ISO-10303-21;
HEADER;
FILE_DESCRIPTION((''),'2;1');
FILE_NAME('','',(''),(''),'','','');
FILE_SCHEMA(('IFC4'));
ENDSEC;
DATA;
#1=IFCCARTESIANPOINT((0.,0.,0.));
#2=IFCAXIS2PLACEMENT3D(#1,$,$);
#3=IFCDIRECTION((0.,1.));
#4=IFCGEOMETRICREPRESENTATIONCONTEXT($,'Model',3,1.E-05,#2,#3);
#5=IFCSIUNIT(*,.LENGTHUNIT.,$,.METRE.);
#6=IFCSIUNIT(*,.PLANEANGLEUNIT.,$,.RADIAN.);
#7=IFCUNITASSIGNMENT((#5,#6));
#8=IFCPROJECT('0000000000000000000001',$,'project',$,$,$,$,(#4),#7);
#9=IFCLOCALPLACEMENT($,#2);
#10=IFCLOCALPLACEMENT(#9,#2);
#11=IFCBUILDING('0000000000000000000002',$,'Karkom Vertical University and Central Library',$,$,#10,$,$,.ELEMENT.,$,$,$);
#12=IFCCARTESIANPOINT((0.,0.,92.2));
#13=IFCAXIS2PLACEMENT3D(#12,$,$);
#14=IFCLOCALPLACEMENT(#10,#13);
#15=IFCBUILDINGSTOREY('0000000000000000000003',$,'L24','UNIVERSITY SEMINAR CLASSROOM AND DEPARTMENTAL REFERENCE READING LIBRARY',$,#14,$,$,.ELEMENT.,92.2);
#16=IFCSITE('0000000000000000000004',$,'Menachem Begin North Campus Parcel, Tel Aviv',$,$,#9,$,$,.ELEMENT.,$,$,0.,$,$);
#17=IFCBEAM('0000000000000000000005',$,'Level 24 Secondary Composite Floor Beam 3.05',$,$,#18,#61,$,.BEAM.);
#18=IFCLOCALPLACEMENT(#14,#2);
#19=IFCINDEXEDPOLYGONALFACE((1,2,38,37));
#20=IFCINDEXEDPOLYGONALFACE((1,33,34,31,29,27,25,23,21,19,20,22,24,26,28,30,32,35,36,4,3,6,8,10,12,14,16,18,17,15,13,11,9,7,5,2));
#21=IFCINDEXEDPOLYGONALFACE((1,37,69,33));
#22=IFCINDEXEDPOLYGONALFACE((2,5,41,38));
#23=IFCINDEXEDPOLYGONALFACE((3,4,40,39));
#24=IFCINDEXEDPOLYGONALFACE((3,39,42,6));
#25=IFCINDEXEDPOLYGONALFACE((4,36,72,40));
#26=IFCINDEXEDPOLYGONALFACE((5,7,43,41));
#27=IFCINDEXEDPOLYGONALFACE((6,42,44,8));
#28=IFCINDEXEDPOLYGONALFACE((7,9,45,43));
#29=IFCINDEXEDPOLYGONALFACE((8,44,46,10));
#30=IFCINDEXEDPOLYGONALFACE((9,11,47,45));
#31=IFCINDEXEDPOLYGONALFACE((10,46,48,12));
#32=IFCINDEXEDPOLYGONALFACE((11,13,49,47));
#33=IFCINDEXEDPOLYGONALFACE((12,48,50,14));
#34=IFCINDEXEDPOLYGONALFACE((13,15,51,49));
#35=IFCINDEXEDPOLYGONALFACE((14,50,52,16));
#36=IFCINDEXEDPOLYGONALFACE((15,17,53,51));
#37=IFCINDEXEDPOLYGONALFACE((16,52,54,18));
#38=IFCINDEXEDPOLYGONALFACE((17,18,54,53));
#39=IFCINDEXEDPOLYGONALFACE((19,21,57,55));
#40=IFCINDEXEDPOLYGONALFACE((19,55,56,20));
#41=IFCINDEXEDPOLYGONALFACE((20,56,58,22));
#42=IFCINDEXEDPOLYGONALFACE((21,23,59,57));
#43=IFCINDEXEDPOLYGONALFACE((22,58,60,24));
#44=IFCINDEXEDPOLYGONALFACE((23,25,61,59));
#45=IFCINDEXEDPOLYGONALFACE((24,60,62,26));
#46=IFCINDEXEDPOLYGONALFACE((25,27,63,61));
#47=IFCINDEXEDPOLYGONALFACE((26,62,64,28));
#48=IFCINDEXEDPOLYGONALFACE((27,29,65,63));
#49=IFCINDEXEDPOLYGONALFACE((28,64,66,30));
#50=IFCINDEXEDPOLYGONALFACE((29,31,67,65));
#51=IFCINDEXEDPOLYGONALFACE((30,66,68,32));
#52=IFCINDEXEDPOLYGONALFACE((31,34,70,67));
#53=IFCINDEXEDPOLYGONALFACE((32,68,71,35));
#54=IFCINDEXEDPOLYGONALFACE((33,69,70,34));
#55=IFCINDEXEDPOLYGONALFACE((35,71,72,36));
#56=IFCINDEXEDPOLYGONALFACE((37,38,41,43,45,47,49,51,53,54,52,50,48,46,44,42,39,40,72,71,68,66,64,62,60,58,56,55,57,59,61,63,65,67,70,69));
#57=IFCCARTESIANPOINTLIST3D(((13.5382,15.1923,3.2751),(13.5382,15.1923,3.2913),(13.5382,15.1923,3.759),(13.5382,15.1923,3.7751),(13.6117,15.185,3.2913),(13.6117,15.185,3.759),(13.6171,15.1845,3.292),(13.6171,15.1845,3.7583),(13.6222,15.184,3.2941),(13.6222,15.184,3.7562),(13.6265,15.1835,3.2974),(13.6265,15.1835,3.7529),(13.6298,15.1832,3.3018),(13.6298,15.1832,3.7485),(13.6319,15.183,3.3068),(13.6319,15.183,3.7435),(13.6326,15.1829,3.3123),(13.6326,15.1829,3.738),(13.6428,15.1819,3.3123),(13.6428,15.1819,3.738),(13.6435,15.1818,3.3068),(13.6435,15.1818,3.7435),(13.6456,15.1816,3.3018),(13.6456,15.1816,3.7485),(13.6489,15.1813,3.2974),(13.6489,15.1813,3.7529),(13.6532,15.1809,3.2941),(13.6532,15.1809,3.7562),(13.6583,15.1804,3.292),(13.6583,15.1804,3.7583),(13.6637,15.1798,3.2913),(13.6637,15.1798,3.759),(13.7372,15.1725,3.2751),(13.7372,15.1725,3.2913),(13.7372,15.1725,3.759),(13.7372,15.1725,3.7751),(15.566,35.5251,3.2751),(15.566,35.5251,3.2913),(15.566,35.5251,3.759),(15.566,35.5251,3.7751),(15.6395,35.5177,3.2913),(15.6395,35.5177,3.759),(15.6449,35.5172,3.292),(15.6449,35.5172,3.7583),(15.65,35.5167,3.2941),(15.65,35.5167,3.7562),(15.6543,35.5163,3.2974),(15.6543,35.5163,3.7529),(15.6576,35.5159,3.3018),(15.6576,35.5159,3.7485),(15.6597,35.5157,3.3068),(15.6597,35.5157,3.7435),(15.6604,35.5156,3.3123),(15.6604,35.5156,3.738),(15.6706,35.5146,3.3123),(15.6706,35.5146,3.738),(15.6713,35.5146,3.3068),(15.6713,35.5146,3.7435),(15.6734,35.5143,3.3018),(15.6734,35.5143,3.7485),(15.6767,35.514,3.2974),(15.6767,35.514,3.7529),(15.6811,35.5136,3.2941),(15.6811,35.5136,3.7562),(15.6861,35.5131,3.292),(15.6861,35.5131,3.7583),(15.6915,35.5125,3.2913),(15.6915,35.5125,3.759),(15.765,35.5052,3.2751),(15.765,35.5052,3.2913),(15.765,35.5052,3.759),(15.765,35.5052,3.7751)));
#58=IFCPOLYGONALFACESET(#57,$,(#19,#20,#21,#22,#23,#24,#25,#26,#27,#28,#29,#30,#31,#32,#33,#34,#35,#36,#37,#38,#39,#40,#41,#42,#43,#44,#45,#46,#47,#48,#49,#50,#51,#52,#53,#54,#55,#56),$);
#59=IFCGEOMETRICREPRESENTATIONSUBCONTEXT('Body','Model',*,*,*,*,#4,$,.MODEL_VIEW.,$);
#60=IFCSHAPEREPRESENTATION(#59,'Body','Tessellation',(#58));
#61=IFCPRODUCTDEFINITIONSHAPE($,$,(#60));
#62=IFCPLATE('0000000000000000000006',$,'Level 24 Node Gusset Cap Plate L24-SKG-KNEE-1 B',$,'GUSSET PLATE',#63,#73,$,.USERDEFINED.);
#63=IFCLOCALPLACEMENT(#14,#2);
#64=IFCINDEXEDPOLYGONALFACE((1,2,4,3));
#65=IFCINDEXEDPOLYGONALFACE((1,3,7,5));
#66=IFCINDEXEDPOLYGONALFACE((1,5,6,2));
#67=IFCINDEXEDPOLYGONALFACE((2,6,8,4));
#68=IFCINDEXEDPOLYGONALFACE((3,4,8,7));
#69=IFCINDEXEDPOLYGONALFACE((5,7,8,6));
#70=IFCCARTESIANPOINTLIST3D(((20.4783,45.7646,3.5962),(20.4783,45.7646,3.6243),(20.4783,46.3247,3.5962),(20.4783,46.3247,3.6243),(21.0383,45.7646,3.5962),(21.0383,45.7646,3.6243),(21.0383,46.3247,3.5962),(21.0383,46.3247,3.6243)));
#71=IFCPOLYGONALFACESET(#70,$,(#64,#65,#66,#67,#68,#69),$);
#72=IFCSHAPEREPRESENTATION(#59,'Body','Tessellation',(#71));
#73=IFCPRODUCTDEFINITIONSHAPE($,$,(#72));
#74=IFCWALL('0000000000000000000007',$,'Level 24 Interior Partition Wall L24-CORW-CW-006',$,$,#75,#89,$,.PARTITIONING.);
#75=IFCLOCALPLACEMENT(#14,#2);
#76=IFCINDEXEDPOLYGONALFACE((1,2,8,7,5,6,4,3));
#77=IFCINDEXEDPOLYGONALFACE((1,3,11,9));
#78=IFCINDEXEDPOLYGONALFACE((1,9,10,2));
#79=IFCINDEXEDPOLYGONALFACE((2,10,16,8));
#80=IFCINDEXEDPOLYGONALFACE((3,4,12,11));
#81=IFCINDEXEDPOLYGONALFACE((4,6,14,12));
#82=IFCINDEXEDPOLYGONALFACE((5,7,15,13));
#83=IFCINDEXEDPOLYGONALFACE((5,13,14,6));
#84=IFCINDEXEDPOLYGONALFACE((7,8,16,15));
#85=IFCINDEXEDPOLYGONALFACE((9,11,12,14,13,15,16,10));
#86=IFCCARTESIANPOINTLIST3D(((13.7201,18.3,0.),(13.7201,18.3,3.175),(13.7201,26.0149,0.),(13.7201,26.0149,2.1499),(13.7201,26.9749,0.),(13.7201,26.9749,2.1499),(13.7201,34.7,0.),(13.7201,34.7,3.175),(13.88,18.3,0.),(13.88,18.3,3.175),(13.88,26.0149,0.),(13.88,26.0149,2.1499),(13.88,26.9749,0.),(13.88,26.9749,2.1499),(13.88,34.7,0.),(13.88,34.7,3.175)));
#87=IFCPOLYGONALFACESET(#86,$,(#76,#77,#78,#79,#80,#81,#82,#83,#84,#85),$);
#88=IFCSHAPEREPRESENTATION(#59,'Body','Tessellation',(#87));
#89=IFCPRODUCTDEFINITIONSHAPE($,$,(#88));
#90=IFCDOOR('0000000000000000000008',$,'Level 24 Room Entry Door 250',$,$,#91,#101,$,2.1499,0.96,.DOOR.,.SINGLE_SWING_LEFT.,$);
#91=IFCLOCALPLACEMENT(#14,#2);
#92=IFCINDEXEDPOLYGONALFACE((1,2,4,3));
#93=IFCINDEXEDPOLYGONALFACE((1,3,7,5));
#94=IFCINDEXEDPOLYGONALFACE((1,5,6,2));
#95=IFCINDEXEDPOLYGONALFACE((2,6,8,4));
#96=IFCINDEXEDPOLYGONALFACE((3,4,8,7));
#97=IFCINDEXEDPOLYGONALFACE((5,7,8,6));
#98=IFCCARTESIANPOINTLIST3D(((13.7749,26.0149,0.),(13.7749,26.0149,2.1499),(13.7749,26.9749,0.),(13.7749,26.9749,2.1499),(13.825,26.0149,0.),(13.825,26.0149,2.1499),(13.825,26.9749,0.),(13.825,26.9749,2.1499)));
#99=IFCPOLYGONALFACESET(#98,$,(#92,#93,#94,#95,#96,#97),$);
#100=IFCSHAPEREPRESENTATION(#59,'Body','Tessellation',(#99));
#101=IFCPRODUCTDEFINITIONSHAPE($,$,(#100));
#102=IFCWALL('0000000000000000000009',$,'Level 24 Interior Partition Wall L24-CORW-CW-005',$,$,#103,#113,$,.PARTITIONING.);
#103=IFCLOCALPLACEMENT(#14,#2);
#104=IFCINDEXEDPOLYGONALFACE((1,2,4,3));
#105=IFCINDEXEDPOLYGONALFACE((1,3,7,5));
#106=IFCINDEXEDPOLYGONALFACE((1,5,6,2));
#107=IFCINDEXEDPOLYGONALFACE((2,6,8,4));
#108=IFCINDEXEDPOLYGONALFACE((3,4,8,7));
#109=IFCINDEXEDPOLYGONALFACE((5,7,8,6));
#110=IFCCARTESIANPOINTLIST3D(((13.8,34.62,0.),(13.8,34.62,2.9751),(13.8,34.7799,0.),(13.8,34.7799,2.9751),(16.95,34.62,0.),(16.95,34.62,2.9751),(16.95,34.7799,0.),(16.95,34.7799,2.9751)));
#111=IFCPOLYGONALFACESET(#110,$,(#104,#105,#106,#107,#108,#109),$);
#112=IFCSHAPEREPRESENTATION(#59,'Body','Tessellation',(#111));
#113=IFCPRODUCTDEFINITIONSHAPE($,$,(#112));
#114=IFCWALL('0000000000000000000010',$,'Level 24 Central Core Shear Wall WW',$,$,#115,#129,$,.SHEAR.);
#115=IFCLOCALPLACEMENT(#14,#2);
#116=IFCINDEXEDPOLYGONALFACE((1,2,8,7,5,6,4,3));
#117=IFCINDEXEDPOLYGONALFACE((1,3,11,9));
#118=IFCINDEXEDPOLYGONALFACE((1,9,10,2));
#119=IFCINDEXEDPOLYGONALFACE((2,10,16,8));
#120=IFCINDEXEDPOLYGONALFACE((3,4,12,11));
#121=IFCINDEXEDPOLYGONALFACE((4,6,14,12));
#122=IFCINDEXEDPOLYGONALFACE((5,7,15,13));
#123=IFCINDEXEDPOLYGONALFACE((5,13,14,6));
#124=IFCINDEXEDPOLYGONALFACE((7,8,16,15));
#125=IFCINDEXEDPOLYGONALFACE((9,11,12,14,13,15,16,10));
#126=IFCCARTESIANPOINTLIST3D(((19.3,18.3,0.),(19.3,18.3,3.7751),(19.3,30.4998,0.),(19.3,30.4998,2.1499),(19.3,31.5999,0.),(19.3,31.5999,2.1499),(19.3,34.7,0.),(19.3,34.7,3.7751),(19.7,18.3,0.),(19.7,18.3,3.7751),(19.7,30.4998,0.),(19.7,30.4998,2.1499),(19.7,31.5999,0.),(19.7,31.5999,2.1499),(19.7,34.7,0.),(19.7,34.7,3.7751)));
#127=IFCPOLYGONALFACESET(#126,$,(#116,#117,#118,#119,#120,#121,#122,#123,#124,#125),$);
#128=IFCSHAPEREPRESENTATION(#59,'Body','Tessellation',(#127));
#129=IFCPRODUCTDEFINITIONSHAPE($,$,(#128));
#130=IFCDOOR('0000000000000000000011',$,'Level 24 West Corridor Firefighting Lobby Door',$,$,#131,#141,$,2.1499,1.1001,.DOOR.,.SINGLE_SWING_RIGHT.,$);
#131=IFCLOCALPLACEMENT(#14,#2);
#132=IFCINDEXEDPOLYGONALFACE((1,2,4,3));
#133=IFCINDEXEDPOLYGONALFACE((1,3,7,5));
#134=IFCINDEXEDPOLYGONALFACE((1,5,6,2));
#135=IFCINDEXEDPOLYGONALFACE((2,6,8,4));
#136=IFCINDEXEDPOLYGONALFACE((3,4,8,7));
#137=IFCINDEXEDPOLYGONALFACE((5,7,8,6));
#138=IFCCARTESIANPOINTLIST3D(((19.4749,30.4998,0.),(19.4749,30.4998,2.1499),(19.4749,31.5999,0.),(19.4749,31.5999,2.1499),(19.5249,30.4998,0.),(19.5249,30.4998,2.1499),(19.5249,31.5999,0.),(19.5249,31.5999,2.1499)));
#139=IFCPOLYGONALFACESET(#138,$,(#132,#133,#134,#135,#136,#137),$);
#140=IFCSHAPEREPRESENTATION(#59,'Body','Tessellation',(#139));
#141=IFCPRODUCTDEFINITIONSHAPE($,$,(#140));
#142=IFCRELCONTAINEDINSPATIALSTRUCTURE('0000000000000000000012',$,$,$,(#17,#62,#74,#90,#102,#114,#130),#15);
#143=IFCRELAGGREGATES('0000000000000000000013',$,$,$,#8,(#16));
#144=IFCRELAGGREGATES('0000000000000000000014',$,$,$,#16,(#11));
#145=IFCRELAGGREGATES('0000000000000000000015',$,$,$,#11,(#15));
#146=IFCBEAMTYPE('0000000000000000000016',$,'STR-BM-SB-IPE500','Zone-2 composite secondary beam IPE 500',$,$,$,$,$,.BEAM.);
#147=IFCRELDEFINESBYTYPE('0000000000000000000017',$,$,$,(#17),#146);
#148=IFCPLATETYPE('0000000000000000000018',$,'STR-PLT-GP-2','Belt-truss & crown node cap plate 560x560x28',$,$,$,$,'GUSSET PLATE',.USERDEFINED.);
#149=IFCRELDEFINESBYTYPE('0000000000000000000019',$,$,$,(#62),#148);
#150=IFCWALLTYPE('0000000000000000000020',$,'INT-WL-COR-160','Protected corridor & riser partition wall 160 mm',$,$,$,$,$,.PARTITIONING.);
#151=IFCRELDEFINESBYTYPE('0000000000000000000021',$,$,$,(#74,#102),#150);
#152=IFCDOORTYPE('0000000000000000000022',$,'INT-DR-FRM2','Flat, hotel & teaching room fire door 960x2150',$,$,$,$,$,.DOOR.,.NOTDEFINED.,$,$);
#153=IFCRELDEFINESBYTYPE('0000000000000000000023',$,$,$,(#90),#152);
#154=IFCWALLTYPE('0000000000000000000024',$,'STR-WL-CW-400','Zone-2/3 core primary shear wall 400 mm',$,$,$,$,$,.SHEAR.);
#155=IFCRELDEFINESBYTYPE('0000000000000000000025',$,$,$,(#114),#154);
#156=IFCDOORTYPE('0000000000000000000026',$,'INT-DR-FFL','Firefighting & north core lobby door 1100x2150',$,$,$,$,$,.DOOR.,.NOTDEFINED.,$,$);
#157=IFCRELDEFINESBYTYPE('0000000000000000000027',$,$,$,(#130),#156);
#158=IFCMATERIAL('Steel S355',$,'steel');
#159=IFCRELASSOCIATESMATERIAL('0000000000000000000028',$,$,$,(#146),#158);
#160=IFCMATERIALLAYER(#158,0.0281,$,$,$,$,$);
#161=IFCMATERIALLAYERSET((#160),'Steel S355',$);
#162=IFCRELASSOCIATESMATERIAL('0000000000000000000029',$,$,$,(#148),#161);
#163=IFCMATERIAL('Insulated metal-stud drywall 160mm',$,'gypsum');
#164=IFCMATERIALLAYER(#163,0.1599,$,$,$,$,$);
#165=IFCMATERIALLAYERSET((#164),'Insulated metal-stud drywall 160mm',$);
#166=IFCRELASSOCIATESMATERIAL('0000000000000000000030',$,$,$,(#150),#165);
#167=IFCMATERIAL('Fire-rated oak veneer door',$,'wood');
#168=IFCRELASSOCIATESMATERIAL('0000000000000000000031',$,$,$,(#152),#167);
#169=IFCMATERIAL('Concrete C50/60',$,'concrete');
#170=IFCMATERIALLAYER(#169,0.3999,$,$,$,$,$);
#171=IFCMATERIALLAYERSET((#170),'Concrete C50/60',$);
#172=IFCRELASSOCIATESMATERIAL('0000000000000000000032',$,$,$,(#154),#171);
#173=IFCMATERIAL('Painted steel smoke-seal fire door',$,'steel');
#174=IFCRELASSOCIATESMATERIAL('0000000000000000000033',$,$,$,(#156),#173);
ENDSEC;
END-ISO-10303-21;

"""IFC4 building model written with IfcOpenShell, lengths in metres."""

from ifc_helpers import new_model, si_unit, direction, frame, frame_2d, origin, origin_with_axes, origin_2d, place, context, subcontext, project, spatial, rectangle, i_section, extrude, source, transform, mapped, material, layer, layer_set, material_profile, profile_set, type_object, element, fill, save


model = new_model("IFC4")

# Units and contexts
model_context = context("Model", 3, precision=1e-05, world=origin(), true_north=direction((0.0, 1.0)))
body_context = subcontext(model_context, "Body", "Model", "MODEL_VIEW")
ifc_project = project(units=[si_unit("LENGTHUNIT", "METRE"), si_unit("PLANEANGLEUNIT", "RADIAN")], contexts=[model_context])

# Site, building, storey
site_placement = place(None, origin())
site = spatial("IfcSite", under=ifc_project, at=site_placement, Name="Menachem Begin North Campus Parcel, Tel Aviv", CompositionType="ELEMENT", RefElevation=0.0)
building_placement = place(site_placement, origin())
building = spatial("IfcBuilding", under=site, at=building_placement, Name="Karkom Vertical University and Central Library", CompositionType="ELEMENT")
storey_placement = place(building_placement, frame((0.0, 0.0, 92.2)))
storey = spatial("IfcBuildingStorey", under=building, at=storey_placement, Name="L24", Description="UNIVERSITY SEMINAR CLASSROOM AND DEPARTMENTAL REFERENCE READING LIBRARY", CompositionType="ELEMENT", Elevation=92.2)

# Shared definitions
ifc_material_1 = material(Name="Concrete C50/60", Category="concrete")

# Beam
ifc_material_2 = material(Name="Steel S355", Category="steel")
ifc_material_profile_1 = material_profile(ifc_material_2, i_section(OverallWidth=0.2, OverallDepth=0.5, WebThickness=0.0103, FlangeThickness=0.0161, FilletRadius=0.021, at=origin_2d()), Name="IPE 500")
ifc_profile_set_1 = profile_set([ifc_material_profile_1], Name="Steel S355")
beam_type_1 = type_object("IfcBeamType", Name="STR-BM-SB-IPE500", Description="Zone-2 composite secondary beam IPE 500", PredefinedType="BEAM", material=ifc_profile_set_1)
shared_shape_1 = source(origin_with_axes(), body_context, "Body", "SweptSolid", [
    extrude(i_section(OverallWidth=0.2, OverallDepth=0.5, WebThickness=0.0103, FlangeThickness=0.0161, FilletRadius=0.021, at=origin_2d()), origin(), (0.0, 0.0, 1.0), 20.4336),
])
beam_1_placement = place(storey_placement, frame((15.6655, 35.5151, 3.5251), z_axis=(-0.09924, -0.995064, 0.0), x_axis=(0.995064, -0.09924, 0.0)))
element("IfcBeam", 1, at=beam_1_placement, inside=storey, type_object=beam_type_1, Name="Level 24 Secondary Composite Floor Beam 3.05", PredefinedType="BEAM", context=body_context, shape_type="MappedRepresentation", body=[
    mapped(shared_shape_1, transform((0.0, 0.0, 0.0), scale=1.0)),
])

# Plate
ifc_layer_1 = layer(ifc_material_2, 0.0281)
ifc_layer_set_1 = layer_set([ifc_layer_1], Name="Steel S355")
plate_type = type_object("IfcPlateType", Name="STR-PLT-GP-2", Description="Belt-truss & crown node cap plate 560x560x28", ElementType="GUSSET PLATE", PredefinedType="USERDEFINED", material=ifc_layer_set_1)
shared_shape_2 = source(origin_with_axes(), body_context, "Body", "SweptSolid", [
    extrude(rectangle(XDim=0.5601, YDim=0.5601, at=origin_2d()), origin(), (0.0, 0.0, 1.0), 0.0281),
])
plate_placement = place(storey_placement, frame((20.7583, 46.0447, 3.5962), z_axis=(0.0, 0.0, 1.0), x_axis=(1.0, 0.0, 0.0)))
element("IfcPlate", 2, at=plate_placement, inside=storey, type_object=plate_type, Name="Level 24 Node Gusset Cap Plate L24-SKG-KNEE-1 B", ObjectType="GUSSET PLATE", PredefinedType="USERDEFINED", context=body_context, shape_type="MappedRepresentation", body=[
    mapped(shared_shape_2, transform((0.0, 0.0, 0.0), scale=1.0)),
])

# Shared definitions
ifc_material_3 = material(Name="Insulated metal-stud drywall 160mm", Category="gypsum")
ifc_layer_2 = layer(ifc_material_3, 0.1599)
ifc_layer_set_2 = layer_set([ifc_layer_2], Name="Insulated metal-stud drywall 160mm")
wall_type_1 = type_object("IfcWallType", Name="INT-WL-COR-160", Description="Protected corridor & riser partition wall 160 mm", PredefinedType="PARTITIONING", material=ifc_layer_set_2)
ifc_material_4 = material(Name="Fire-rated oak veneer door", Category="wood")
door_type_1 = type_object("IfcDoorType", Name="INT-DR-FRM2", Description="Flat, hotel & teaching room fire door 960x2150", OperationType="NOTDEFINED", PredefinedType="DOOR", material=ifc_material_4)
shared_shape_3 = source(origin_with_axes(), body_context, "Body", "SweptSolid", [
    extrude(rectangle(XDim=0.96, YDim=2.1499, at=frame_2d((0.48, 1.075))), frame((0.0, 0.0249, 0.0), z_axis=(0.0, -1.0, 0.0), x_axis=(1.0, 0.0, 0.0)), (0.0, 0.0, 1.0), 0.05),
])

# Wall, opening, door
wall_1_placement = place(storey_placement, frame((13.8, 34.7, 0.0), z_axis=(0.0, 0.0, 1.0), x_axis=(0.0, -1.0, 0.0)))
wall_1 = element("IfcWall", 3, at=wall_1_placement, inside=storey, type_object=wall_type_1, Name="Level 24 Interior Partition Wall L24-CORW-CW-006", PredefinedType="PARTITIONING", context=body_context, shape_type="SweptSolid", body=[
    extrude(rectangle(XDim=16.3999, YDim=0.1599, at=frame_2d((8.2, 0.0))), origin(), (0.0, 0.0, 1.0), 3.175),
])
opening_1_placement = place(wall_1_placement, frame((7.7251, 0.0, 0.0)))
opening_1 = element("IfcOpeningElement", 4, at=opening_1_placement, cuts=wall_1, PredefinedType="OPENING", context=body_context, shape_type="SweptSolid", body=[
    extrude(rectangle(XDim=0.96, YDim=2.1499, at=frame_2d((0.48, 1.075))), frame((0.0, 0.0898, 0.0), z_axis=(0.0, -1.0, 0.0), x_axis=(1.0, 0.0, 0.0)), (0.0, 0.0, 1.0), 0.1799),
])
door_1_placement = place(opening_1_placement, origin())
door_1 = element("IfcDoor", 5, at=door_1_placement, inside=storey, type_object=door_type_1, Name="Level 24 Room Entry Door 250", OperationType="SINGLE_SWING_LEFT", OverallHeight=2.1499, OverallWidth=0.96, PredefinedType="DOOR", context=body_context, shape_type="MappedRepresentation", body=[
    mapped(shared_shape_3, transform((0.0, 0.0, 0.0), scale=1.0)),
])
fill(opening_1, door_1)

# Wall
wall_2_placement = place(storey_placement, frame((16.95, 34.7, 0.0), z_axis=(0.0, 0.0, 1.0), x_axis=(-1.0, 0.0, 0.0)))
element("IfcWall", 6, at=wall_2_placement, inside=storey, type_object=wall_type_1, Name="Level 24 Interior Partition Wall L24-CORW-CW-005", PredefinedType="PARTITIONING", context=body_context, shape_type="SweptSolid", body=[
    extrude(rectangle(XDim=3.1499, YDim=0.1599, at=frame_2d((1.575, 0.0))), origin(), (0.0, 0.0, 1.0), 2.9751),
])

# Wall, opening, door
ifc_layer_3 = layer(ifc_material_1, 0.3999)
ifc_layer_set_3 = layer_set([ifc_layer_3], Name="Concrete C50/60")
wall_type_2 = type_object("IfcWallType", Name="STR-WL-CW-400", Description="Zone-2/3 core primary shear wall 400 mm", PredefinedType="SHEAR", material=ifc_layer_set_3)
wall_3_placement = place(storey_placement, frame((19.5, 34.7, 0.0), z_axis=(0.0, 0.0, 1.0), x_axis=(0.0, -1.0, 0.0)))
wall_3 = element("IfcWall", 7, at=wall_3_placement, inside=storey, type_object=wall_type_2, Name="Level 24 Central Core Shear Wall WW", PredefinedType="SHEAR", context=body_context, shape_type="SweptSolid", body=[
    extrude(rectangle(XDim=16.3999, YDim=0.3999, at=frame_2d((8.2, 0.0))), origin(), (0.0, 0.0, 1.0), 3.7751),
])
opening_2_placement = place(wall_3_placement, frame((3.1001, 0.0, 0.0)))
opening_2 = element("IfcOpeningElement", 8, at=opening_2_placement, cuts=wall_3, PredefinedType="OPENING", context=body_context, shape_type="SweptSolid", body=[
    extrude(rectangle(XDim=1.1001, YDim=2.1499, at=frame_2d((0.55, 1.075))), frame((0.0, 0.21, 0.0), z_axis=(0.0, -1.0, 0.0), x_axis=(1.0, 0.0, 0.0)), (0.0, 0.0, 1.0), 0.4199),
])
ifc_material_5 = material(Name="Painted steel smoke-seal fire door", Category="steel")
door_type_2 = type_object("IfcDoorType", Name="INT-DR-FFL", Description="Firefighting & north core lobby door 1100x2150", OperationType="NOTDEFINED", PredefinedType="DOOR", material=ifc_material_5)
shared_shape_4 = source(origin_with_axes(), body_context, "Body", "SweptSolid", [
    extrude(rectangle(XDim=1.1001, YDim=2.1499, at=frame_2d((0.55, 1.075))), frame((0.0, 0.0249, 0.0), z_axis=(0.0, -1.0, 0.0), x_axis=(1.0, 0.0, 0.0)), (0.0, 0.0, 1.0), 0.05),
])
door_2_placement = place(opening_2_placement, origin())
door_2 = element("IfcDoor", 9, at=door_2_placement, inside=storey, type_object=door_type_2, Name="Level 24 West Corridor Firefighting Lobby Door", OperationType="SINGLE_SWING_RIGHT", OverallHeight=2.1499, OverallWidth=1.1001, PredefinedType="DOOR", context=body_context, shape_type="MappedRepresentation", body=[
    mapped(shared_shape_4, transform((0.0, 0.0, 0.0), scale=1.0)),
])
fill(opening_2, door_2)

save(model, "model.ifc")
